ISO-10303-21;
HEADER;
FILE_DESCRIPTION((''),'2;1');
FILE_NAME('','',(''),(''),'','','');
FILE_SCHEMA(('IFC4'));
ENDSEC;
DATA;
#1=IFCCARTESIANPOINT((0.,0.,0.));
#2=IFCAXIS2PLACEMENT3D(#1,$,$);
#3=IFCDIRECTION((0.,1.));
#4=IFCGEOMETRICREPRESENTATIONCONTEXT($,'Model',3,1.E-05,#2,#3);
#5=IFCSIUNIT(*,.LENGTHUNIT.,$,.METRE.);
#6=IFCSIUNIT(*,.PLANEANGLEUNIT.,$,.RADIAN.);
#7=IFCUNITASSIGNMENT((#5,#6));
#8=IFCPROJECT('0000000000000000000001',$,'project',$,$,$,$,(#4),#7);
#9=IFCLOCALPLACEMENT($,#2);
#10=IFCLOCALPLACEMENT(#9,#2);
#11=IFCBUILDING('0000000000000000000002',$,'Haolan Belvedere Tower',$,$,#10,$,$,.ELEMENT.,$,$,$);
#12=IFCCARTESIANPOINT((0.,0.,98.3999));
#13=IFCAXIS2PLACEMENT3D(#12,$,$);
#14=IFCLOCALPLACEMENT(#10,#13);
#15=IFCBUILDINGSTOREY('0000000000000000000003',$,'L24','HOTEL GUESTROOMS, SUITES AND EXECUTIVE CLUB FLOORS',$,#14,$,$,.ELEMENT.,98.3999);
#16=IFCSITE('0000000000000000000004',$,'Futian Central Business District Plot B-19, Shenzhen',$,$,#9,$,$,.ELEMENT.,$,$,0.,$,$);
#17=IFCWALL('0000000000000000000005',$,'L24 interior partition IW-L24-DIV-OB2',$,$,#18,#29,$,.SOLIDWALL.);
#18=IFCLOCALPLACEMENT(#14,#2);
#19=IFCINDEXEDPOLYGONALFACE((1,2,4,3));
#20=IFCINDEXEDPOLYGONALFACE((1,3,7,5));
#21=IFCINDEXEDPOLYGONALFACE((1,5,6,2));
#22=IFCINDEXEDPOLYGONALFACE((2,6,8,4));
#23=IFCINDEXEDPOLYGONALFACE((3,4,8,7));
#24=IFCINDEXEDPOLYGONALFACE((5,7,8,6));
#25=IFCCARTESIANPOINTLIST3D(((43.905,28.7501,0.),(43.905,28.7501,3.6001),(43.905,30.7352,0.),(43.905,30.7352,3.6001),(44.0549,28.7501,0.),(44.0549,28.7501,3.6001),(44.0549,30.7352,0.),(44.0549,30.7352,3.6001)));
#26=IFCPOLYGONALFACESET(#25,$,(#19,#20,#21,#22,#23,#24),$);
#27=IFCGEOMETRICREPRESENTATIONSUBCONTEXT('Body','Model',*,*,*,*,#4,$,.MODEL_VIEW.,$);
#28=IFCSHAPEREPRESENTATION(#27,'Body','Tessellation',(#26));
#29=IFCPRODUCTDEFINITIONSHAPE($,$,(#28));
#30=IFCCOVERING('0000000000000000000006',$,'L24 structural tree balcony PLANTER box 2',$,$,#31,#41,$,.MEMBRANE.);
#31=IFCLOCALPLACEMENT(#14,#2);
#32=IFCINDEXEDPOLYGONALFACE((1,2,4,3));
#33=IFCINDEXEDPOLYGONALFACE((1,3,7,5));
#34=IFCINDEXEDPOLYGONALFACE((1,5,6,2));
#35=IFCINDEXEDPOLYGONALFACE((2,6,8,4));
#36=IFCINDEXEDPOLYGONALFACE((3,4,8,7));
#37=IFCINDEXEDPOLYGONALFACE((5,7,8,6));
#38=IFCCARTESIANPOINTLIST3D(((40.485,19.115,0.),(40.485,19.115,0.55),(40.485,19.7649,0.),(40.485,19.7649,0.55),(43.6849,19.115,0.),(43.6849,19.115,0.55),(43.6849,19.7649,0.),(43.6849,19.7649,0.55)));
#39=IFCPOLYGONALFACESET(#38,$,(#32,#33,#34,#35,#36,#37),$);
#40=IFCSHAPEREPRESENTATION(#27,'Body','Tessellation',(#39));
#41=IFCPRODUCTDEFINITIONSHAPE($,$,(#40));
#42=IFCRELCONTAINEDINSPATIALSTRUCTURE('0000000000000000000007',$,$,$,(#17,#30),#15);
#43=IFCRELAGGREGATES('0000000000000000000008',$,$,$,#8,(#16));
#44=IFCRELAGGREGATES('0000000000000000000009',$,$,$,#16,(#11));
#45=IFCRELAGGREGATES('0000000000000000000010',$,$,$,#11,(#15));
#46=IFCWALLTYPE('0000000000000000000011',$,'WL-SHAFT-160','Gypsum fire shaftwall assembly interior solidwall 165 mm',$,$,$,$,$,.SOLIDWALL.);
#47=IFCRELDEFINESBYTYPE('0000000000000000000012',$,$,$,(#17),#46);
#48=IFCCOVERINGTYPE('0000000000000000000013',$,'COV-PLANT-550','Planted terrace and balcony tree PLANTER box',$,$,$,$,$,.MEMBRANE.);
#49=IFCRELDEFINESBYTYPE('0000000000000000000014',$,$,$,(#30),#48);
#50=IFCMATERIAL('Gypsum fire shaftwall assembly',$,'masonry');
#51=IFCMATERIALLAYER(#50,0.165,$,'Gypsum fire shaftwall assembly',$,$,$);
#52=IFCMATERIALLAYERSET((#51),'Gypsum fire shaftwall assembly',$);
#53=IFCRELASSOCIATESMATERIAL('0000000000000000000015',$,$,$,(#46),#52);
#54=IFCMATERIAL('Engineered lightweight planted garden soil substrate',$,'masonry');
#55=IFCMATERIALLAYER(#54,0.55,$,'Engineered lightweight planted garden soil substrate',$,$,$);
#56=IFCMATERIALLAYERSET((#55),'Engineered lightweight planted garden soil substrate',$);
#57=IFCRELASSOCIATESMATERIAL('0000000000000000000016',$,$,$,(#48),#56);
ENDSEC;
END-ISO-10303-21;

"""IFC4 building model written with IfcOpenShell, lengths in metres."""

from ifc_helpers import new_model, si_unit, direction, frame, frame_2d, origin, origin_2d, place, context, subcontext, project, spatial, rectangle, extrude, material, layer, layer_set, type_object, element, save


model = new_model("IFC4")

# Units and contexts
model_context = context("Model", 3, precision=1e-05, world=origin(), true_north=direction((0.0, 1.0)))
body_context = subcontext(model_context, "Body", "Model", "MODEL_VIEW")
ifc_project = project(units=[si_unit("LENGTHUNIT", "METRE"), si_unit("PLANEANGLEUNIT", "RADIAN")], contexts=[model_context])

# Site, building, storey
site_placement = place(None, origin())
site = spatial("IfcSite", under=ifc_project, at=site_placement, Name="Futian Central Business District Plot B-19, Shenzhen", CompositionType="ELEMENT", RefElevation=0.0)
building_placement = place(site_placement, origin())
building = spatial("IfcBuilding", under=site, at=building_placement, Name="Haolan Belvedere Tower", CompositionType="ELEMENT")
storey_placement = place(building_placement, frame((0.0, 0.0, 98.3999)))
storey = spatial("IfcBuildingStorey", under=building, at=storey_placement, Name="L24", Description="HOTEL GUESTROOMS, SUITES AND EXECUTIVE CLUB FLOORS", CompositionType="ELEMENT", Elevation=98.3999)

# Wall
ifc_material_1 = material(Name="Gypsum fire shaftwall assembly", Category="masonry")
ifc_layer_1 = layer(ifc_material_1, 0.165, Name="Gypsum fire shaftwall assembly")
ifc_layer_set_1 = layer_set([ifc_layer_1], Name="Gypsum fire shaftwall assembly")
wall_type_1 = type_object("IfcWallType", Name="WL-SHAFT-160", Description="Gypsum fire shaftwall assembly interior solidwall 165 mm", PredefinedType="SOLIDWALL", material=ifc_layer_set_1)
for number, where, z_axis, x_axis, name in (
    (1, (43.98, 28.75, 0.0), (0.0, 0.0, 1.0), (0.0, 1.0, 0.0), "L24 interior partition IW-L24-DIV-OB2"),
):
    element("IfcWall", number, at=place(storey_placement, frame(where, z_axis=z_axis, x_axis=x_axis)), inside=storey, type_object=wall_type_1, Name=name, PredefinedType="SOLIDWALL", context=body_context, shape_type="SweptSolid", body=[
        extrude(rectangle(XDim=1.9851, YDim=0.1499, at=frame_2d((0.9927, 0.0))), origin(), (0.0, 0.0, 1.0), 3.6001),
    ])

# Covering
ifc_material_2 = material(Name="Engineered lightweight planted garden soil substrate", Category="masonry")
ifc_layer_2 = layer(ifc_material_2, 0.55, Name="Engineered lightweight planted garden soil substrate")
ifc_layer_set_2 = layer_set([ifc_layer_2], Name="Engineered lightweight planted garden soil substrate")
covering_type = type_object("IfcCoveringType", Name="COV-PLANT-550", Description="Planted terrace and balcony tree PLANTER box", PredefinedType="MEMBRANE", material=ifc_layer_set_2)
covering_placement = place(storey_placement, frame((42.085, 19.4399, 0.0), z_axis=(0.0, 0.0, 1.0), x_axis=(1.0, 0.0, 0.0)))
element("IfcCovering", 2, at=covering_placement, inside=storey, type_object=covering_type, Name="L24 structural tree balcony PLANTER box 2", PredefinedType="MEMBRANE", context=body_context, shape_type="SweptSolid", body=[
    extrude(rectangle(XDim=3.2, YDim=0.6499, at=origin_2d()), origin(), (0.0, 0.0, 1.0), 0.55),
])

save(model, "model.ifc")
